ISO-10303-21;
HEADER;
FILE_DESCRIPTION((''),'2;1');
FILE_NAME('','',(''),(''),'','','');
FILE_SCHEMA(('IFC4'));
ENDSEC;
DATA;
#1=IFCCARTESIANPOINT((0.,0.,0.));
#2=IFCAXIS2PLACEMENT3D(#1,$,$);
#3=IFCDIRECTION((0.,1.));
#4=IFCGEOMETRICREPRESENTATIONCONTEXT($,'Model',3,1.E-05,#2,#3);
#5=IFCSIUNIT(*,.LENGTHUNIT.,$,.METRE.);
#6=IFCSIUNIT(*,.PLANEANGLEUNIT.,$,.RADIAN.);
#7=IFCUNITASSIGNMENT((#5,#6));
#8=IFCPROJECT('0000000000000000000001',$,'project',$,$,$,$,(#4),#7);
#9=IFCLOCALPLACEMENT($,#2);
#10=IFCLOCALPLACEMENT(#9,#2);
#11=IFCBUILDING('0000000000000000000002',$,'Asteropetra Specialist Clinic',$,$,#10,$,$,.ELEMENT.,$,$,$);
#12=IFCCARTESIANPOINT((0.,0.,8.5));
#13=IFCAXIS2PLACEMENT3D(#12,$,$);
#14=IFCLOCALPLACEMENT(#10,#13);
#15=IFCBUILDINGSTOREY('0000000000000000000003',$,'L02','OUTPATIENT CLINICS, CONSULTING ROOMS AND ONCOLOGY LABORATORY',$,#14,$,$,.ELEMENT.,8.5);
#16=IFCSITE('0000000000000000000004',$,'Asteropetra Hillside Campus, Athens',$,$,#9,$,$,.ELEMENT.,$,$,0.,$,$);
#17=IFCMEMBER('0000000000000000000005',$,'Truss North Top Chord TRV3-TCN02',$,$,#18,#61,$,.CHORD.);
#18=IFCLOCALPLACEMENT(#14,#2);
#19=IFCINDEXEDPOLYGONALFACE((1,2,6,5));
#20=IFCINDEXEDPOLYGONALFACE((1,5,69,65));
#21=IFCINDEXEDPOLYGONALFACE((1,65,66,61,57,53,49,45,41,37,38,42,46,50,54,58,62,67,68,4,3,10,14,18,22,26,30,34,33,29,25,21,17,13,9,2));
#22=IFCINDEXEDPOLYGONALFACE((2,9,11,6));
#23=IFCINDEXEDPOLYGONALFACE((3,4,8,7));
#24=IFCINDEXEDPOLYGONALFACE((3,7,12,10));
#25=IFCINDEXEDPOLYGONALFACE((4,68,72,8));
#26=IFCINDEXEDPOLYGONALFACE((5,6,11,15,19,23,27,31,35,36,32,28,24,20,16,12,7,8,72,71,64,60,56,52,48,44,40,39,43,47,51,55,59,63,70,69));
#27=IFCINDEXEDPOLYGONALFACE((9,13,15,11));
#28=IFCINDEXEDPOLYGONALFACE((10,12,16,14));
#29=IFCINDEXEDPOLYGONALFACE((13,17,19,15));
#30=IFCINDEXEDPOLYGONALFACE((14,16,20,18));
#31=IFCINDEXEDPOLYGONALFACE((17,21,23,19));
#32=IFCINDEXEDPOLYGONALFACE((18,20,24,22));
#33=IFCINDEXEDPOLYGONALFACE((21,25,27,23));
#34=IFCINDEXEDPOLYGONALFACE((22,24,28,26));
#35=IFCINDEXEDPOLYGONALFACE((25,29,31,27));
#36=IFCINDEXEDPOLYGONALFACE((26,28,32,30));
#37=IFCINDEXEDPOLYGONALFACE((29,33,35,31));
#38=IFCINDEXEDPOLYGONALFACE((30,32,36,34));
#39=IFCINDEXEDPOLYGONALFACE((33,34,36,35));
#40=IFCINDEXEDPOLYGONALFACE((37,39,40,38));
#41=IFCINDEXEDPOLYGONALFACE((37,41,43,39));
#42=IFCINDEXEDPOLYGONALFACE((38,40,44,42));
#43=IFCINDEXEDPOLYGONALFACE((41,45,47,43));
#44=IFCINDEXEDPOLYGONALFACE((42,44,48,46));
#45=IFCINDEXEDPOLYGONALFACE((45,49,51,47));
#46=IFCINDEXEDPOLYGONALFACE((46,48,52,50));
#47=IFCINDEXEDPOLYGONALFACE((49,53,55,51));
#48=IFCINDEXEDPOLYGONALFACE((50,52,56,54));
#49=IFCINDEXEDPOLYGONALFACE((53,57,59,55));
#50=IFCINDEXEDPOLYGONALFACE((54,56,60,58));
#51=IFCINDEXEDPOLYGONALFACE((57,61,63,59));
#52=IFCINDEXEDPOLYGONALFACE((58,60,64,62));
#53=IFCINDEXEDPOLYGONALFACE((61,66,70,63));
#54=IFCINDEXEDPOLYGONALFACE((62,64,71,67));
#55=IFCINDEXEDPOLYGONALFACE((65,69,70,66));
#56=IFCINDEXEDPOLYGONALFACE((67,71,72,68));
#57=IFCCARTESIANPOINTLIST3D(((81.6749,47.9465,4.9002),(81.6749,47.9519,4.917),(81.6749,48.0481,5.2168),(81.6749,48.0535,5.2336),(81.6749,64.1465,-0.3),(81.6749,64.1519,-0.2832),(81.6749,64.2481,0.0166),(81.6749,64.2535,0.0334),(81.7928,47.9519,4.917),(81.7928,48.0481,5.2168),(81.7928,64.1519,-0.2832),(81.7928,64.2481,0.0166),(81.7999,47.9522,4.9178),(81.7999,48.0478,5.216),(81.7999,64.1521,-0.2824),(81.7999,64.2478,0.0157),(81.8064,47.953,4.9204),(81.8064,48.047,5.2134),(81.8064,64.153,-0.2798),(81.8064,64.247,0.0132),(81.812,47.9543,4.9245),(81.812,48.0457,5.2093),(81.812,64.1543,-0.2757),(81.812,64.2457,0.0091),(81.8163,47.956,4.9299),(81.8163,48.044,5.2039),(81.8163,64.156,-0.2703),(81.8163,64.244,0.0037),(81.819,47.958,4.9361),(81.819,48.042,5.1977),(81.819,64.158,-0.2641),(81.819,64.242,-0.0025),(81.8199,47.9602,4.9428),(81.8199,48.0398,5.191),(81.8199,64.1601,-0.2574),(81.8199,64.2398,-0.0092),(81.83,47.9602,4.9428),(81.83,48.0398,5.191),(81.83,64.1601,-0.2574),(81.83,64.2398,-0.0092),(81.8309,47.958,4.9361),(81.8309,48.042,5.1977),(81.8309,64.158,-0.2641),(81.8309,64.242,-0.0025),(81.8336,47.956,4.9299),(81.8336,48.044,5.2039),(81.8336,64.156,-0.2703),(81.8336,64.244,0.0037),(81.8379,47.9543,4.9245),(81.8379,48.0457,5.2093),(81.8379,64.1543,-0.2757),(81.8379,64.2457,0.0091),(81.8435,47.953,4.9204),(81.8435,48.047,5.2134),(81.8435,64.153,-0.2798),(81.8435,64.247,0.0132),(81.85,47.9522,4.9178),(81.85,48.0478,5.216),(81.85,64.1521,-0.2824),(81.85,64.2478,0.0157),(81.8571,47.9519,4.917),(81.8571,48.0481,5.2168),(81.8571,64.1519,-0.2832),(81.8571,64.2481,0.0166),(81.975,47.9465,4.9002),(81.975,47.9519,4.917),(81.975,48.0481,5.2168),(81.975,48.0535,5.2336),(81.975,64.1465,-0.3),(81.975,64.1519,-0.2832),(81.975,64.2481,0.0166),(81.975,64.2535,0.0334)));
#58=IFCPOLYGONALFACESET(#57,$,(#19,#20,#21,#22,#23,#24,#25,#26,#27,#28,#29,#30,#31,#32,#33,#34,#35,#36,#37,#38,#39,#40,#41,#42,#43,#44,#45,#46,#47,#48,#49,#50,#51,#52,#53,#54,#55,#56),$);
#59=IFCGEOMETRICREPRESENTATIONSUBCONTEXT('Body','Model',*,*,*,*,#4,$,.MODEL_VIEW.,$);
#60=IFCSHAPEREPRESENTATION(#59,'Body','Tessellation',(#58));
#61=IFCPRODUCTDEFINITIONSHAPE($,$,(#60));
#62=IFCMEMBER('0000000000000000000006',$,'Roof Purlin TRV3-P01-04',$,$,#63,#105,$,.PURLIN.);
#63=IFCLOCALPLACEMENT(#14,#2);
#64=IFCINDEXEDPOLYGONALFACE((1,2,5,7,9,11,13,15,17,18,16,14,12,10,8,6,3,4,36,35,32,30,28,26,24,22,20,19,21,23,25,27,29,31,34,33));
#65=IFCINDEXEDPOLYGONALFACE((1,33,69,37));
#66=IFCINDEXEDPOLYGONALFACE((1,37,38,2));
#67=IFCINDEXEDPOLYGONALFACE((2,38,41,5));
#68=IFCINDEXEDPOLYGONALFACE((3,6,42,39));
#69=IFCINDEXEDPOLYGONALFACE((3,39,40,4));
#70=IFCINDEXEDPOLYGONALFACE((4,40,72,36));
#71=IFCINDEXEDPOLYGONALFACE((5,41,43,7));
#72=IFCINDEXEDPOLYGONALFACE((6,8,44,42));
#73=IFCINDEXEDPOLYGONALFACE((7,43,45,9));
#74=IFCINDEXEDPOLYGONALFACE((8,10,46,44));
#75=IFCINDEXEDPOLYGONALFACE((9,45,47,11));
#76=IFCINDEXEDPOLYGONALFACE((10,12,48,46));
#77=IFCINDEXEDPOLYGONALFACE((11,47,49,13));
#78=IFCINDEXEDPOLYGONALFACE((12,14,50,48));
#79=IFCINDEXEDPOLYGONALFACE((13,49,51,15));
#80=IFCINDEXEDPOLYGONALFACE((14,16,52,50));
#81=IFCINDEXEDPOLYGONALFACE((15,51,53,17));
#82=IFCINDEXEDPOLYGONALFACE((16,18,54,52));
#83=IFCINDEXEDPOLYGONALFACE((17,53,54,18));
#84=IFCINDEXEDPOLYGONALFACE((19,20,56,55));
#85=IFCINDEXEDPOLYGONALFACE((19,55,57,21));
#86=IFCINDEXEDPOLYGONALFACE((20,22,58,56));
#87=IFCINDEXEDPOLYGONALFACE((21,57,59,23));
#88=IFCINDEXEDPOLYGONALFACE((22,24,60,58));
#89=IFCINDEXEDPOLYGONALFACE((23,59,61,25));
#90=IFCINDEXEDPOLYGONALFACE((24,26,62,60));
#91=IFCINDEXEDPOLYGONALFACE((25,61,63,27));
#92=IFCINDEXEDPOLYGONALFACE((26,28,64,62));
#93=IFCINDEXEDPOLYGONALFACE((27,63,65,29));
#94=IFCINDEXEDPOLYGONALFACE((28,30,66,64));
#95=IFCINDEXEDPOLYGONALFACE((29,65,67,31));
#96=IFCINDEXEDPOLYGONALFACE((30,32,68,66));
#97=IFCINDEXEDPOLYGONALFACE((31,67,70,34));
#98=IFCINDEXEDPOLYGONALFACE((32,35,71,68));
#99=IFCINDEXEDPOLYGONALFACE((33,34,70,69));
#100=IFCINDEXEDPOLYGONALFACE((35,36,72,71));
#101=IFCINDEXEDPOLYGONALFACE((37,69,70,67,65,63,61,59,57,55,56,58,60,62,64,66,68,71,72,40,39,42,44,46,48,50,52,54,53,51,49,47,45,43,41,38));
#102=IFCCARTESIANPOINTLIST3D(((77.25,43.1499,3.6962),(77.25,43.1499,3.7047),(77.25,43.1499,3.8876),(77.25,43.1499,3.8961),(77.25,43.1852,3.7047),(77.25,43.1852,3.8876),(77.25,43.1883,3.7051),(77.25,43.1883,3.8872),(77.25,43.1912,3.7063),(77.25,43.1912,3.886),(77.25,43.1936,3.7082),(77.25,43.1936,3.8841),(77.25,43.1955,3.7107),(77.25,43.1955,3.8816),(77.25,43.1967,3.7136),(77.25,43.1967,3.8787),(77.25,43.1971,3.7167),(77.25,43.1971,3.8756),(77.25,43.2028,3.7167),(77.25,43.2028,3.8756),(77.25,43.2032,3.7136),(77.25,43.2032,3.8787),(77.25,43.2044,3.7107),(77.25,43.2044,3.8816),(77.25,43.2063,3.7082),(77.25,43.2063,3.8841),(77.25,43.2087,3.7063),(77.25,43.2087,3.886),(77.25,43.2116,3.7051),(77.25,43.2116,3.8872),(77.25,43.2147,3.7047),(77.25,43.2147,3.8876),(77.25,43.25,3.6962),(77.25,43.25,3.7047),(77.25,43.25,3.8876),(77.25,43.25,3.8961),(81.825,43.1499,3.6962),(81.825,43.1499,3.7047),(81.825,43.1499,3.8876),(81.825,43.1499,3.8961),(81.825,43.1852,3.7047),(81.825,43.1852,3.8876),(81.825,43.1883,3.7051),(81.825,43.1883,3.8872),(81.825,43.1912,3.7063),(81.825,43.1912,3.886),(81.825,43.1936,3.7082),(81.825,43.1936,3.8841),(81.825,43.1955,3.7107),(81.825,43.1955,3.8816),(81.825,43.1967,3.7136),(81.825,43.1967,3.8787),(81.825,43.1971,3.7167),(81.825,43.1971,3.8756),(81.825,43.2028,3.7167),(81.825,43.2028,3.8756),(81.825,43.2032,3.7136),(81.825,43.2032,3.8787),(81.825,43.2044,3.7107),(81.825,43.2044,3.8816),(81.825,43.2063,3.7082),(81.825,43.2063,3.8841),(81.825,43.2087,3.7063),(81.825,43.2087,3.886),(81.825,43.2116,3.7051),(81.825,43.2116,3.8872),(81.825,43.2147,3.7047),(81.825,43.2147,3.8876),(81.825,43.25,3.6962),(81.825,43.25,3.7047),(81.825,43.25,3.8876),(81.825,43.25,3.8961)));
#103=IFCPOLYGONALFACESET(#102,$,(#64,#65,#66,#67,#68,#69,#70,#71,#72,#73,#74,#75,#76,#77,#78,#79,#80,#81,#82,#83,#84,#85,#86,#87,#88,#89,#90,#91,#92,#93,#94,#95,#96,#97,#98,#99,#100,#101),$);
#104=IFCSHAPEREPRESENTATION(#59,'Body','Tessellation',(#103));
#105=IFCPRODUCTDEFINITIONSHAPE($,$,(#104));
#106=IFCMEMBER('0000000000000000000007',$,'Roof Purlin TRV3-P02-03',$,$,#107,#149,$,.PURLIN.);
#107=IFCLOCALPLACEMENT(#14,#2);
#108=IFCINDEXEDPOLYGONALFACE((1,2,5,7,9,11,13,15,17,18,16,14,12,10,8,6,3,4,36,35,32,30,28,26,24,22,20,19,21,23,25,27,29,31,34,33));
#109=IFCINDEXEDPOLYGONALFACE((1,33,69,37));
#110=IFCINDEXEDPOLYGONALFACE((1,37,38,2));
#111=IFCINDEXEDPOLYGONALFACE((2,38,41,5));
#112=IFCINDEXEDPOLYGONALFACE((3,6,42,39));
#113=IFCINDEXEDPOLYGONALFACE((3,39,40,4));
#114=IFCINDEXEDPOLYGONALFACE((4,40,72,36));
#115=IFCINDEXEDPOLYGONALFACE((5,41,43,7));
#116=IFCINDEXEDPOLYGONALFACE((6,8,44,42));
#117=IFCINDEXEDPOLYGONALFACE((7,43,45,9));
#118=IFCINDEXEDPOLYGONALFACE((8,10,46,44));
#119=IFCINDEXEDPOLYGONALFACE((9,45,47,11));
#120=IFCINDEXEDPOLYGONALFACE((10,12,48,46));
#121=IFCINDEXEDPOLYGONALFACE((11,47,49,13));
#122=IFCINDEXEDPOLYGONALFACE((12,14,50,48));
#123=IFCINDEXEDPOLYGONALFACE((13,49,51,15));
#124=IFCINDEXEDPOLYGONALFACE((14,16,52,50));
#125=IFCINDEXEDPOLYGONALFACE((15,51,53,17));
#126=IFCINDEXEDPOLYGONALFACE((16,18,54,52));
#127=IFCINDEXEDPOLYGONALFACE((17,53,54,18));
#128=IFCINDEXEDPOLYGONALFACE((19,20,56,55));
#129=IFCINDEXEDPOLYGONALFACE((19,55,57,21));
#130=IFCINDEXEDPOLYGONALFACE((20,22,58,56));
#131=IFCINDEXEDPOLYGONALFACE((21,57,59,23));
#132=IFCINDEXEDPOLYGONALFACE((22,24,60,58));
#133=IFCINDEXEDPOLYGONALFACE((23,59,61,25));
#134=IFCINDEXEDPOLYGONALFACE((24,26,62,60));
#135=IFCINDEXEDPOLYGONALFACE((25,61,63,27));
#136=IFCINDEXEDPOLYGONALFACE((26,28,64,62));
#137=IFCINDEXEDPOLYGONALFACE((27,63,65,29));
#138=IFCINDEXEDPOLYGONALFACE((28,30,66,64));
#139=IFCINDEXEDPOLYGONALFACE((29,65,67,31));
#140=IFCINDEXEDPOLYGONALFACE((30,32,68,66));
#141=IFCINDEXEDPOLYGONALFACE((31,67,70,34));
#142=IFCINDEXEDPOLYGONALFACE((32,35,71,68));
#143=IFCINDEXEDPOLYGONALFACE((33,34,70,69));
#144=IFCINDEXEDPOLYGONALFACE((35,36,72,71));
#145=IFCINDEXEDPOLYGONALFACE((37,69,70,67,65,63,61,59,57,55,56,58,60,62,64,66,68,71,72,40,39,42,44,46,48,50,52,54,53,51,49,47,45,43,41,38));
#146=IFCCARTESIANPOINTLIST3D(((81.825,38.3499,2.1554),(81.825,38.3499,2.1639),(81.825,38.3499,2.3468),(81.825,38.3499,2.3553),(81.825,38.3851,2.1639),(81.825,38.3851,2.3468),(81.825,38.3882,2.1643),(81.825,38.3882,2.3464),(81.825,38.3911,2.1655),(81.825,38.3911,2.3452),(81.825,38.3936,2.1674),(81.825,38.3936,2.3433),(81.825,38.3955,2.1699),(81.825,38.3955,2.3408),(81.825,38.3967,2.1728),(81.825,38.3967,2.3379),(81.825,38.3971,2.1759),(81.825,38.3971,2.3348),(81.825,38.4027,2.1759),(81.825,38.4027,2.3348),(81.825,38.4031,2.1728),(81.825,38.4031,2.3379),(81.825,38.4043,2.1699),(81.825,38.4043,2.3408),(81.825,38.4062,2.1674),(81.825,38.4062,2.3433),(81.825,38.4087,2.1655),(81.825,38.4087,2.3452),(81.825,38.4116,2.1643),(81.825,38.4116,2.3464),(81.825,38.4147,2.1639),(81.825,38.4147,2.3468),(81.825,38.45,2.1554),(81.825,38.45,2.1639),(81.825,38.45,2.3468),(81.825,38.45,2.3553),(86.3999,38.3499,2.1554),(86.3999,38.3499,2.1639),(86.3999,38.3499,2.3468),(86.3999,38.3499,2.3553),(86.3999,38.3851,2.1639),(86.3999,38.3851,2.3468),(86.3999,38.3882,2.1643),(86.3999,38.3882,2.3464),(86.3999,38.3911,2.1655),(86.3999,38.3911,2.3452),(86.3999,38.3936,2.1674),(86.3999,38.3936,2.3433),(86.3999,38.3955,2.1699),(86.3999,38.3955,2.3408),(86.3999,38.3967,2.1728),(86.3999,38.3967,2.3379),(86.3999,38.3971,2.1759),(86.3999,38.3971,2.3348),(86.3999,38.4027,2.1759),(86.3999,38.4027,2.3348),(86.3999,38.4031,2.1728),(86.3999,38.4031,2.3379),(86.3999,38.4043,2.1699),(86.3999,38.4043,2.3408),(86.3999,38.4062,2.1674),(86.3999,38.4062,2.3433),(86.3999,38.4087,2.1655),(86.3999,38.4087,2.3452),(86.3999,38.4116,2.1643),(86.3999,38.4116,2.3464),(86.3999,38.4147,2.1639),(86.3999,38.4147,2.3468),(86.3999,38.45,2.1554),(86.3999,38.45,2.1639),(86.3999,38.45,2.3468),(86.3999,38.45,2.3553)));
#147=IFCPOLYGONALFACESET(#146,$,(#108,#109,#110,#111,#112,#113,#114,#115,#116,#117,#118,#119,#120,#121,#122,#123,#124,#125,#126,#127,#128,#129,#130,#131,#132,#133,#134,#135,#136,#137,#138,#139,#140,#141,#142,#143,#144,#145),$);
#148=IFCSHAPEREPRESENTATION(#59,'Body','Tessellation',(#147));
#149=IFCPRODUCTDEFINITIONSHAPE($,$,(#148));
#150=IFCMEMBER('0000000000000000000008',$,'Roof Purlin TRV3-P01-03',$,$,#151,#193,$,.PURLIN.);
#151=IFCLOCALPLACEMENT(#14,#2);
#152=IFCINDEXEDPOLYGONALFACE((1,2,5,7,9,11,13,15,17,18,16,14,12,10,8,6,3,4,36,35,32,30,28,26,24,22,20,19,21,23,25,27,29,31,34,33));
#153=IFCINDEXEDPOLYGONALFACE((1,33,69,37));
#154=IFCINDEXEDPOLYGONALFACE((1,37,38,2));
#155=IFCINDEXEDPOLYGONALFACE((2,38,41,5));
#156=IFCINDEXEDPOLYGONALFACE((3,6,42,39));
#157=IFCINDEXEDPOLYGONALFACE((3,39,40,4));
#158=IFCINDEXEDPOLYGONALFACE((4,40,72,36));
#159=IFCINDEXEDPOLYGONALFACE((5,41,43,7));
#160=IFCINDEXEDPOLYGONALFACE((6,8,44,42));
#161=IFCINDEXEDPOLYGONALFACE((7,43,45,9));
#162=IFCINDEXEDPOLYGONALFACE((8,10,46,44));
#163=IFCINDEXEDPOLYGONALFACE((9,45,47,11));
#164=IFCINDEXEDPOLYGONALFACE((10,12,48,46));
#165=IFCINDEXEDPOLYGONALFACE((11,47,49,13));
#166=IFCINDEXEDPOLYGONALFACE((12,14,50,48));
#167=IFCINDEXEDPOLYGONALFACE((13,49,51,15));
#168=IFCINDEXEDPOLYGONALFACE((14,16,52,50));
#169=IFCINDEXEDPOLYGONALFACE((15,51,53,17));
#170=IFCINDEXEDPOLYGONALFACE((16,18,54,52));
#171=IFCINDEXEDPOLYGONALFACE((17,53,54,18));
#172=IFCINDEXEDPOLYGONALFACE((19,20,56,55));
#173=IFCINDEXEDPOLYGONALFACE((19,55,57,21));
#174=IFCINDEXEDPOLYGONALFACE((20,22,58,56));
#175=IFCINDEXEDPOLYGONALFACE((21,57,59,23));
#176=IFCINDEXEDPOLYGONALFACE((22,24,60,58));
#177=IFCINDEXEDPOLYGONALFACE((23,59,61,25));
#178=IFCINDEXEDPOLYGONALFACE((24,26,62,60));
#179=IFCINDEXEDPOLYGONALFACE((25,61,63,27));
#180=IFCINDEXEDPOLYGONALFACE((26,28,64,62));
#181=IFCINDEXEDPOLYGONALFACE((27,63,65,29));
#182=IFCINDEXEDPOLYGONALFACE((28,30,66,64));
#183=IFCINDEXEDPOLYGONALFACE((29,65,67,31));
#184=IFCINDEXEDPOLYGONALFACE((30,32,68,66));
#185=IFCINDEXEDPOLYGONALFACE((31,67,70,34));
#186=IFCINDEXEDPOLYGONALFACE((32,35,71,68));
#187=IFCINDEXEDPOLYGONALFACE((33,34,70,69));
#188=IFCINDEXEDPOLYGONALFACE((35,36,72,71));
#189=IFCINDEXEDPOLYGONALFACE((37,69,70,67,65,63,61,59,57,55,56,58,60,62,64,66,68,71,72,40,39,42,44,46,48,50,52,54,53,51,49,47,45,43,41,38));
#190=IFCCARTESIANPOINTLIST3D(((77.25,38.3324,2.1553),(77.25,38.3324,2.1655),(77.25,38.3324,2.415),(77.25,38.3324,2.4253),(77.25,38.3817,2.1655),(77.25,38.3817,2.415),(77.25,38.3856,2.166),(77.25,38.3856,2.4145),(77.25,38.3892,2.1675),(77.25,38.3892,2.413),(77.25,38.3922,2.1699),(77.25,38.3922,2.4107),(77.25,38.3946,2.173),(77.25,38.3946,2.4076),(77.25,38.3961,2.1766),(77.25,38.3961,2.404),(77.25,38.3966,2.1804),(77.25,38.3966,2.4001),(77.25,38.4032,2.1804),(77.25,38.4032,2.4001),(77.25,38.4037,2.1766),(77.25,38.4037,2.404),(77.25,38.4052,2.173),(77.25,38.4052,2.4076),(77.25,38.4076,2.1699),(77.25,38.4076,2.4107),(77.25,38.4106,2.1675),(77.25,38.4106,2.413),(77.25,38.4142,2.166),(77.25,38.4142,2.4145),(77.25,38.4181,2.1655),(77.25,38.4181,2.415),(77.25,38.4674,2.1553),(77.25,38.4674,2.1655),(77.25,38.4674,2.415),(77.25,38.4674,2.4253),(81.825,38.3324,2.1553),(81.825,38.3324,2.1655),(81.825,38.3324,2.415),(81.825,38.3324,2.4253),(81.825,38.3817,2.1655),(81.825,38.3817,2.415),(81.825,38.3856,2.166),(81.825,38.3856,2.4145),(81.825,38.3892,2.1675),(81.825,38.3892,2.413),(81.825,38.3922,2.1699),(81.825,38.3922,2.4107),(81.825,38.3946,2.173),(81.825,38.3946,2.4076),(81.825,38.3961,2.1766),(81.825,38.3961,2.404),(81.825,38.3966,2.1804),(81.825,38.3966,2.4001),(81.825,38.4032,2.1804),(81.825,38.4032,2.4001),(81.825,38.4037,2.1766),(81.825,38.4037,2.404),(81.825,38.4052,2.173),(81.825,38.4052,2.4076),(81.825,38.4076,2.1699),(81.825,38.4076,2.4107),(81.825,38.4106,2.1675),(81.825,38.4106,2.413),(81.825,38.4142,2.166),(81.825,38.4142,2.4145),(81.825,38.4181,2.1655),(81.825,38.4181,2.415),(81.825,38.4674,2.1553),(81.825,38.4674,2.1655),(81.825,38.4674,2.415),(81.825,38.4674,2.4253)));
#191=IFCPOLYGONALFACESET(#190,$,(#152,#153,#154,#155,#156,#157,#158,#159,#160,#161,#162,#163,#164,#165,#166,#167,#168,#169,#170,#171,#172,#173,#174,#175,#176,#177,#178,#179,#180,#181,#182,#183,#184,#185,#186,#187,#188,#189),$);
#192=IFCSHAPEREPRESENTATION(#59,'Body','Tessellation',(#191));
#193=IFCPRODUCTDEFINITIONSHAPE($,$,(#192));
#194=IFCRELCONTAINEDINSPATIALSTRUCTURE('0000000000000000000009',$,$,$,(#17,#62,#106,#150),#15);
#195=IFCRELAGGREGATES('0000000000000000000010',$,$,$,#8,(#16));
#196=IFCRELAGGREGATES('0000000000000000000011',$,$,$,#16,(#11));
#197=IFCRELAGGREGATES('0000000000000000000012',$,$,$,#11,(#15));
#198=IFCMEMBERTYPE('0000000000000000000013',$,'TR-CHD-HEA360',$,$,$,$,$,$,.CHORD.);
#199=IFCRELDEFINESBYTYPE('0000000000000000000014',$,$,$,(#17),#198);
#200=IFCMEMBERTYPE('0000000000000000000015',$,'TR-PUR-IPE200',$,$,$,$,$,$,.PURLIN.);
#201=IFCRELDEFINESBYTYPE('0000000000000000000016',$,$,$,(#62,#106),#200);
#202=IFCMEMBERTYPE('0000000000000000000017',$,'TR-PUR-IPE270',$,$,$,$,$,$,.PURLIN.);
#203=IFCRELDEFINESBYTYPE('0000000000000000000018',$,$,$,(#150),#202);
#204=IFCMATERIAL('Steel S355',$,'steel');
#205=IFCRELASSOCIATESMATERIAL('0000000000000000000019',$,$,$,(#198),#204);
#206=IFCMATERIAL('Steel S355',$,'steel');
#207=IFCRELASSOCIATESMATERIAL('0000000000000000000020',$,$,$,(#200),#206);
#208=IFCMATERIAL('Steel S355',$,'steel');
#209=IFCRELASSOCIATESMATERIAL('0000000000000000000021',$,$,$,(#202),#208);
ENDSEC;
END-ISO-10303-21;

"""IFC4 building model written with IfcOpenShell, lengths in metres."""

from ifc_helpers import new_model, si_unit, direction, frame, origin, origin_2d, place, context, subcontext, project, spatial, i_section, extrude, material, material_profile, profile_set, type_object, element, save


model = new_model("IFC4")

# Units and contexts
model_context = context("Model", 3, precision=1e-05, world=origin(), true_north=direction((0.0, 1.0)))
body_context = subcontext(model_context, "Body", "Model", "MODEL_VIEW")
ifc_project = project(units=[si_unit("LENGTHUNIT", "METRE"), si_unit("PLANEANGLEUNIT", "RADIAN")], contexts=[model_context])

# Site, building, storey
site_placement = place(None, origin())
site = spatial("IfcSite", under=ifc_project, at=site_placement, Name="Asteropetra Hillside Campus, Athens", CompositionType="ELEMENT", RefElevation=0.0)
building_placement = place(site_placement, origin())
building = spatial("IfcBuilding", under=site, at=building_placement, Name="Asteropetra Specialist Clinic", CompositionType="ELEMENT")
storey_placement = place(building_placement, frame((0.0, 0.0, 8.5)))
storey = spatial("IfcBuildingStorey", under=building, at=storey_placement, Name="L02", Description="OUTPATIENT CLINICS, CONSULTING ROOMS AND ONCOLOGY LABORATORY", CompositionType="ELEMENT", Elevation=8.5)

# Members
ifc_material_1 = material(Name="Steel S355", Category="steel")
ifc_material_profile_1 = material_profile(ifc_material_1, i_section(OverallWidth=0.3, OverallDepth=0.3501, WebThickness=0.01, FlangeThickness=0.0176, FilletRadius=0.0271, at=origin_2d()), Name="HEA 360")
ifc_profile_set_1 = profile_set([ifc_material_profile_1], Name="Steel S355")
member_type_1 = type_object("IfcMemberType", Name="TR-CHD-HEA360", PredefinedType="CHORD", material=ifc_profile_set_1)
for number, where, z_axis, x_axis, name in (
    (1, (81.825, 48.0, 5.0669), (0.0, 0.952147, -0.30564), (-1.0, 0.0, 0.0), "Truss North Top Chord TRV3-TCN02"),
):
    element("IfcMember", number, at=place(storey_placement, frame(where, z_axis=z_axis, x_axis=x_axis)), inside=storey, type_object=member_type_1, Name=name, PredefinedType="CHORD", context=body_context, shape_type="SweptSolid", body=[
        extrude(i_section(OverallWidth=0.3, OverallDepth=0.3501, WebThickness=0.01, FlangeThickness=0.0176, FilletRadius=0.0271, at=origin_2d()), origin(), (0.0, 0.0, 1.0), 17.0142),
    ])
ifc_material_2 = material(Name="Steel S355", Category="steel")
ifc_material_profile_2 = material_profile(ifc_material_2, i_section(OverallWidth=0.1001, OverallDepth=0.2, WebThickness=0.0056, FlangeThickness=0.0085, FilletRadius=0.012, at=origin_2d()), Name="IPE 200")
ifc_profile_set_2 = profile_set([ifc_material_profile_2], Name="Steel S355")
member_type_2 = type_object("IfcMemberType", Name="TR-PUR-IPE200", PredefinedType="PURLIN", material=ifc_profile_set_2)
for number, where, z_axis, x_axis, name in (
    (2, (77.25, 43.2, 3.7961), (1.0, 0.0, 0.0), (0.0, 1.0, 0.0), "Roof Purlin TRV3-P01-04"),
    (3, (81.825, 38.3999, 2.2554), (1.0, 0.0, 0.0), (0.0, 1.0, 0.0), "Roof Purlin TRV3-P02-03"),
):
    element("IfcMember", number, at=place(storey_placement, frame(where, z_axis=z_axis, x_axis=x_axis)), inside=storey, type_object=member_type_2, Name=name, PredefinedType="PURLIN", context=body_context, shape_type="SweptSolid", body=[
        extrude(i_section(OverallWidth=0.1001, OverallDepth=0.2, WebThickness=0.0056, FlangeThickness=0.0085, FilletRadius=0.012, at=origin_2d()), origin(), (0.0, 0.0, 1.0), 4.575),
    ])
ifc_material_3 = material(Name="Steel S355", Category="steel")
ifc_material_profile_3 = material_profile(ifc_material_3, i_section(OverallWidth=0.135, OverallDepth=0.27, WebThickness=0.0066, FlangeThickness=0.0103, FilletRadius=0.0149, at=origin_2d()), Name="IPE 270")
ifc_profile_set_3 = profile_set([ifc_material_profile_3], Name="Steel S355")
member_type_3 = type_object("IfcMemberType", Name="TR-PUR-IPE270", PredefinedType="PURLIN", material=ifc_profile_set_3)
for number, where, z_axis, x_axis, name in (
    (4, (77.25, 38.3999, 2.2903), (1.0, 0.0, 0.0), (0.0, 1.0, 0.0), "Roof Purlin TRV3-P01-03"),
):
    element("IfcMember", number, at=place(storey_placement, frame(where, z_axis=z_axis, x_axis=x_axis)), inside=storey, type_object=member_type_3, Name=name, PredefinedType="PURLIN", context=body_context, shape_type="SweptSolid", body=[
        extrude(i_section(OverallWidth=0.135, OverallDepth=0.27, WebThickness=0.0066, FlangeThickness=0.0103, FilletRadius=0.0149, at=origin_2d()), origin(), (0.0, 0.0, 1.0), 4.575),
    ])

save(model, "model.ifc")
